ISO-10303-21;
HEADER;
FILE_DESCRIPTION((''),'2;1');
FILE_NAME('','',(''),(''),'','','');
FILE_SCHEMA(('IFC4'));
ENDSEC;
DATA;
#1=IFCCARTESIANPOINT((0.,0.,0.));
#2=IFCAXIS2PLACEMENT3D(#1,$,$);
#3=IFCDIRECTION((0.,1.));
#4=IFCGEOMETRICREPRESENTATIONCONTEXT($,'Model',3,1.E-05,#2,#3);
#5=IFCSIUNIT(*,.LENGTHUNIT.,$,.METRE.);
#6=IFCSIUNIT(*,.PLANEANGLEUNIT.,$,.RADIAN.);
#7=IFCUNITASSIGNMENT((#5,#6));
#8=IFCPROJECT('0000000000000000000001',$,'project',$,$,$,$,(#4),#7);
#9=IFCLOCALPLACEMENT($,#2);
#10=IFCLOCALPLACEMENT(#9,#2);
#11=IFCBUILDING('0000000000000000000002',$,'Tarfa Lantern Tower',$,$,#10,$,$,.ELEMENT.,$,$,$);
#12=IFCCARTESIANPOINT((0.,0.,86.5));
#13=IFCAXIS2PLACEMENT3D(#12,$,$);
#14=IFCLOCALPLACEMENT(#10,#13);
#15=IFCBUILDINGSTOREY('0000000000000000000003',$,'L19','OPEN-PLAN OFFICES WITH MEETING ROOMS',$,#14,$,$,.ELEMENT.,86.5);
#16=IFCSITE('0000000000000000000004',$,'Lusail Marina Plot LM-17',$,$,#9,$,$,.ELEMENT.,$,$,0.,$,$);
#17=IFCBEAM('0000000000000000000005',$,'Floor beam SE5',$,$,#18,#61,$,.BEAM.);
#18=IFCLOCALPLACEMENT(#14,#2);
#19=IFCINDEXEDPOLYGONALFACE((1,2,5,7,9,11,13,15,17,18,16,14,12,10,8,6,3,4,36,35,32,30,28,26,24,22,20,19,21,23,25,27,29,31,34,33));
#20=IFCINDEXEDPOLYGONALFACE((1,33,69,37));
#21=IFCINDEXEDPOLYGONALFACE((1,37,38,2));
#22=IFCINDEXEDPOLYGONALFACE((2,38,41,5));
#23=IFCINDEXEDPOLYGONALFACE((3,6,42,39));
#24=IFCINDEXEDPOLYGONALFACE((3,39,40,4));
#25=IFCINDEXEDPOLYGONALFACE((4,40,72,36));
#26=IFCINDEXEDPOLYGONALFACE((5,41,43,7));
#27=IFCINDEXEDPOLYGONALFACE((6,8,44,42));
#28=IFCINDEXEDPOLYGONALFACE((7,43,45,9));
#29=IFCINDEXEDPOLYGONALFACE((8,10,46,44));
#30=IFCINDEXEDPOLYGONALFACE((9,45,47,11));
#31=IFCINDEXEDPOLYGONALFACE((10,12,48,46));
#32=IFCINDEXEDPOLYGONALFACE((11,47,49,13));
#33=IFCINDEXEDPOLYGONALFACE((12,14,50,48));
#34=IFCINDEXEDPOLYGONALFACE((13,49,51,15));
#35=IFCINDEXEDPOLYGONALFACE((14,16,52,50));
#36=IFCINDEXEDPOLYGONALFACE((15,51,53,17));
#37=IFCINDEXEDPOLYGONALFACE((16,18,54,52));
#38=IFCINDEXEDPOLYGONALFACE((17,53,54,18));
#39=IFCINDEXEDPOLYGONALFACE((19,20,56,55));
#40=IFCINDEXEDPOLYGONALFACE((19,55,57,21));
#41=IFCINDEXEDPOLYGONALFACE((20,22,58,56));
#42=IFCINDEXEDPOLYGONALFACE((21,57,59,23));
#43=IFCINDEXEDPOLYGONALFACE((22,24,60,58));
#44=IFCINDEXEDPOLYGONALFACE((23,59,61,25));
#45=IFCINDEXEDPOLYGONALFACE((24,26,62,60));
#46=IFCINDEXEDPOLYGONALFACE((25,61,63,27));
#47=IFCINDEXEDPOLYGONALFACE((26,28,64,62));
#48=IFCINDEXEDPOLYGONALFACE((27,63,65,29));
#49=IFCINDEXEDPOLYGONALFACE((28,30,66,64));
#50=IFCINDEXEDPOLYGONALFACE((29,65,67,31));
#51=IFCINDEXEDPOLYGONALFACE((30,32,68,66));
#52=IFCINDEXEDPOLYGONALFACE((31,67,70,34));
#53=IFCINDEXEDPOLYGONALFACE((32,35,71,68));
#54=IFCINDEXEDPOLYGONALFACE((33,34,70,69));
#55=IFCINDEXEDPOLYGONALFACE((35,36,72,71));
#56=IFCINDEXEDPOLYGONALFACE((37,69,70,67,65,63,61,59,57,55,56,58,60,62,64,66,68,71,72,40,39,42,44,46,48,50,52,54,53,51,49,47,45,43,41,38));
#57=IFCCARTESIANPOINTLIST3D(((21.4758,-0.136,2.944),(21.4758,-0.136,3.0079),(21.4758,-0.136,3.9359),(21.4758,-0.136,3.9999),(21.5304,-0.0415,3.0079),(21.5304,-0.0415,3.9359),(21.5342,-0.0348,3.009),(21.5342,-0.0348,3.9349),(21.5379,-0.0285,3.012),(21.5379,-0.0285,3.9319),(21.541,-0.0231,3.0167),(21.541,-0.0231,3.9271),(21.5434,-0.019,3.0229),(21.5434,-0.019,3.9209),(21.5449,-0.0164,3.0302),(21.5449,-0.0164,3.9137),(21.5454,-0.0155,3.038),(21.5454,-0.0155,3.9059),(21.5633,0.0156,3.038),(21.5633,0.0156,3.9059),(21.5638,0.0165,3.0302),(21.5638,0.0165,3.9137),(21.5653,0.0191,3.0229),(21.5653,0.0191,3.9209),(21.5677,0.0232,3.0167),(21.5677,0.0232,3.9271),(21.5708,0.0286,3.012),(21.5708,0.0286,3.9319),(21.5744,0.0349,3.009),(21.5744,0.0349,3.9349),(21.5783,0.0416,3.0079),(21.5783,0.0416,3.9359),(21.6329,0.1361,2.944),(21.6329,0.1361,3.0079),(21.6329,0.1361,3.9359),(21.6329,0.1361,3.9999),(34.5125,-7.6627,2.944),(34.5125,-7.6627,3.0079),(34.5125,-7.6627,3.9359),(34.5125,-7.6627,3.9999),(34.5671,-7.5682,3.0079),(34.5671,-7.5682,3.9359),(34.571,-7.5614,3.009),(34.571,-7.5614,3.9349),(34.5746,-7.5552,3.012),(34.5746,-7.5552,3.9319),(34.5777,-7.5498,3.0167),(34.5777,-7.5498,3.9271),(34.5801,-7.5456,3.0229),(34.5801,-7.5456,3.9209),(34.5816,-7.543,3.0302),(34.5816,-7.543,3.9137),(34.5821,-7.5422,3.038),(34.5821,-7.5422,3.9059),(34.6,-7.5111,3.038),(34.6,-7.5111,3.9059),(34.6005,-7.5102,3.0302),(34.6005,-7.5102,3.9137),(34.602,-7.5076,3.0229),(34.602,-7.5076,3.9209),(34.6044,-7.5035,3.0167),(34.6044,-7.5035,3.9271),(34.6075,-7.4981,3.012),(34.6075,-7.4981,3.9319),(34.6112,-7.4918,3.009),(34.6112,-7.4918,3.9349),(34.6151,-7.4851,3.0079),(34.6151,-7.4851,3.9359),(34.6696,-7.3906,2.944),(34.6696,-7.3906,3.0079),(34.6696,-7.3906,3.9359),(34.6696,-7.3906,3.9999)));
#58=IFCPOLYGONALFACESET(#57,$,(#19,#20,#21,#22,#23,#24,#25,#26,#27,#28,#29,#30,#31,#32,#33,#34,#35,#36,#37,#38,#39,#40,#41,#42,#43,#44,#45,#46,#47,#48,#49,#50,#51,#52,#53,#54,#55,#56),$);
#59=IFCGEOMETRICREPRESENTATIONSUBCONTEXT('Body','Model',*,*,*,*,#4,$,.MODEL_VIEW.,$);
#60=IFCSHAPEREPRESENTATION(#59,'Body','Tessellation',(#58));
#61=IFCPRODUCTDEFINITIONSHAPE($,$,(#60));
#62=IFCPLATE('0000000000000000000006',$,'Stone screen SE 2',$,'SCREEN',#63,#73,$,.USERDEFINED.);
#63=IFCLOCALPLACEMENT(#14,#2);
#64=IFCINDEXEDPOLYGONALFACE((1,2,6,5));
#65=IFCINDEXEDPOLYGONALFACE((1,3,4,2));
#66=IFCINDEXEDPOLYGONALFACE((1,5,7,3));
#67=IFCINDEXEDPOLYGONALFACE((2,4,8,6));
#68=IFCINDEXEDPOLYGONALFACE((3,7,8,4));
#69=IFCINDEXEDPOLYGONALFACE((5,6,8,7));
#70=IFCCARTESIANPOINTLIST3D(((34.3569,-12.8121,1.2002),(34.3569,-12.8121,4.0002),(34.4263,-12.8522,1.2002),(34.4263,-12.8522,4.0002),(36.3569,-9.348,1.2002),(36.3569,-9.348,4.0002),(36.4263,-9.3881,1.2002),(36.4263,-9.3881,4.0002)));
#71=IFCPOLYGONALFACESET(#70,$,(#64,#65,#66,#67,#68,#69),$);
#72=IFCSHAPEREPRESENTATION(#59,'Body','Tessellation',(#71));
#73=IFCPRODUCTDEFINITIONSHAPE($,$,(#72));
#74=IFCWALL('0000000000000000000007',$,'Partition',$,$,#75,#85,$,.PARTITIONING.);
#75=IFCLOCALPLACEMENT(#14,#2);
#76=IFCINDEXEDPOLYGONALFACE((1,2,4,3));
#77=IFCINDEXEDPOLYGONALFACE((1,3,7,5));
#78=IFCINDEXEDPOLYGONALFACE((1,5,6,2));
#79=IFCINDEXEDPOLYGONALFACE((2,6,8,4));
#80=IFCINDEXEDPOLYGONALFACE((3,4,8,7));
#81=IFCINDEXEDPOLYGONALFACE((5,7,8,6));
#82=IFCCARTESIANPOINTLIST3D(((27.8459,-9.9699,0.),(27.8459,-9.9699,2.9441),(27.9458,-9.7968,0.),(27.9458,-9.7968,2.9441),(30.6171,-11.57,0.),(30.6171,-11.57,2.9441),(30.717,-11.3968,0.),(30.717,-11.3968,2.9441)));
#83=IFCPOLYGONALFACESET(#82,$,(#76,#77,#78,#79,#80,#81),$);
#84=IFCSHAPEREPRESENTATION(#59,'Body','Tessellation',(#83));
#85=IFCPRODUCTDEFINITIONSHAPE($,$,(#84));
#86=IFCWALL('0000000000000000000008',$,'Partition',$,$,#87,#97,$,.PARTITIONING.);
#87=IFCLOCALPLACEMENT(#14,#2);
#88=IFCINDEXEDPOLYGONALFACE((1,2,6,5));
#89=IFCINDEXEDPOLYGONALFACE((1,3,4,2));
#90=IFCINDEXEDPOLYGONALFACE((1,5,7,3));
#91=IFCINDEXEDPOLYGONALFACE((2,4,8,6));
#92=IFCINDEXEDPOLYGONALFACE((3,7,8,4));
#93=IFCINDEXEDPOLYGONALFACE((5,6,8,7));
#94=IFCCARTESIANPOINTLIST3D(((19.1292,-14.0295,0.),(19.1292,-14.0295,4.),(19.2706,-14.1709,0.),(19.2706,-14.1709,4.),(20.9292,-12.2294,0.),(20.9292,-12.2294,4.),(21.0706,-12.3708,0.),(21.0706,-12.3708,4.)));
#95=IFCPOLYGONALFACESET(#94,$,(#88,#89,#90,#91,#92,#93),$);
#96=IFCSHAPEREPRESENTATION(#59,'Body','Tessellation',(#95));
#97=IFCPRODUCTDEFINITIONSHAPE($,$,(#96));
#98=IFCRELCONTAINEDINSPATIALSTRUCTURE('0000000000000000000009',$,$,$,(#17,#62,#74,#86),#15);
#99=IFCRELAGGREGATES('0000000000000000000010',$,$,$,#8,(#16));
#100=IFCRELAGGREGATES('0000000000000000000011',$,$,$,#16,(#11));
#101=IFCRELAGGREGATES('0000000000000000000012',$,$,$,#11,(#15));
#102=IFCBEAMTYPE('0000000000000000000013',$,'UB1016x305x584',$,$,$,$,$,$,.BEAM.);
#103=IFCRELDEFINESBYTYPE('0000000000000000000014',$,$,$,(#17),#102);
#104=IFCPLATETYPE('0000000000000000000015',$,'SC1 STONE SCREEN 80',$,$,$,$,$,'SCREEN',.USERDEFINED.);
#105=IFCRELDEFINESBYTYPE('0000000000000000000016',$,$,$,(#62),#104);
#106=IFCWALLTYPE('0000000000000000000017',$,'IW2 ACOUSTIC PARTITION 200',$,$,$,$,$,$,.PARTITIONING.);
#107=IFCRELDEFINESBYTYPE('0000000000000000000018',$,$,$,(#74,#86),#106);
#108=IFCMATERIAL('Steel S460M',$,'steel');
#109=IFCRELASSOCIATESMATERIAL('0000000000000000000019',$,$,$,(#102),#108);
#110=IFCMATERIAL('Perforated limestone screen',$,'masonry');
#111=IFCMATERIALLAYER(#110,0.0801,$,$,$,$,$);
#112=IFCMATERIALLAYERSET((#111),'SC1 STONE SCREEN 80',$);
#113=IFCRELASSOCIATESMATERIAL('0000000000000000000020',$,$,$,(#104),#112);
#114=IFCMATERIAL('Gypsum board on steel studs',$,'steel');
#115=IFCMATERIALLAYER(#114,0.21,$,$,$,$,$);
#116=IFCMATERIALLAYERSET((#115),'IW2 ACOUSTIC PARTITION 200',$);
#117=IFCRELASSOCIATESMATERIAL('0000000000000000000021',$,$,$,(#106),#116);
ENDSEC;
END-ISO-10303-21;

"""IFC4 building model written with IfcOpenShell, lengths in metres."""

from ifc_helpers import new_model, si_unit, direction, frame, frame_2d, origin, origin_2d, place, context, subcontext, project, spatial, rectangle, i_section, extrude, material, layer, layer_set, material_profile, profile_set, type_object, element, save


model = new_model("IFC4")

# Units and contexts
model_context = context("Model", 3, precision=1e-05, world=origin(), true_north=direction((0.0, 1.0)))
body_context = subcontext(model_context, "Body", "Model", "MODEL_VIEW")
ifc_project = project(units=[si_unit("LENGTHUNIT", "METRE"), si_unit("PLANEANGLEUNIT", "RADIAN")], contexts=[model_context])

# Site, building, storey
site_placement = place(None, origin())
site = spatial("IfcSite", under=ifc_project, at=site_placement, Name="Lusail Marina Plot LM-17", CompositionType="ELEMENT", RefElevation=0.0)
building_placement = place(site_placement, origin())
building = spatial("IfcBuilding", under=site, at=building_placement, Name="Tarfa Lantern Tower", CompositionType="ELEMENT")
storey_placement = place(building_placement, frame((0.0, 0.0, 86.5)))
storey = spatial("IfcBuildingStorey", under=building, at=storey_placement, Name="L19", Description="OPEN-PLAN OFFICES WITH MEETING ROOMS", CompositionType="ELEMENT", Elevation=86.5)

# Beam
ifc_material_1 = material(Name="Steel S460M", Category="steel")
ifc_material_profile_1 = material_profile(ifc_material_1, i_section(OverallWidth=0.3142, OverallDepth=1.0559, WebThickness=0.0359, FlangeThickness=0.064, FilletRadius=0.03, at=origin_2d()), Name="UB1016x305x584")
ifc_profile_set_1 = profile_set([ifc_material_profile_1], Name="Steel S460M")
beam_type_1 = type_object("IfcBeamType", Name="UB1016x305x584", PredefinedType="BEAM", material=ifc_profile_set_1)
beam_1_placement = place(storey_placement, frame((34.5911, -7.5266, 3.4719), z_axis=(-0.866028, 0.499996, 0.0), x_axis=(-0.499996, -0.866028, 0.0)))
element("IfcBeam", 1, at=beam_1_placement, inside=storey, type_object=beam_type_1, Name="Floor beam SE5", PredefinedType="BEAM", context=body_context, shape_type="SweptSolid", body=[
    extrude(i_section(OverallWidth=0.3142, OverallDepth=1.0559, WebThickness=0.0359, FlangeThickness=0.064, FilletRadius=0.03, at=origin_2d()), origin(), (0.0, 0.0, 1.0), 15.0535),
])

# Plate
ifc_material_2 = material(Name="Perforated limestone screen", Category="masonry")
ifc_layer_1 = layer(ifc_material_2, 0.0801)
ifc_layer_set_1 = layer_set([ifc_layer_1], Name="SC1 STONE SCREEN 80")
plate_type = type_object("IfcPlateType", Name="SC1 STONE SCREEN 80", ElementType="SCREEN", PredefinedType="USERDEFINED", material=ifc_layer_set_1)
plate_placement = place(storey_placement, frame((35.3916, -11.1001, 1.2002), z_axis=(0.0, 0.0, 1.0), x_axis=(0.5, 0.866025, 0.0)))
element("IfcPlate", 2, at=plate_placement, inside=storey, type_object=plate_type, Name="Stone screen SE 2", ObjectType="SCREEN", PredefinedType="USERDEFINED", context=body_context, shape_type="SweptSolid", body=[
    extrude(rectangle(XDim=4.0, YDim=0.0801, at=origin_2d()), origin(), (0.0, 0.0, 1.0), 2.8),
])

# Walls
ifc_material_3 = material(Name="Gypsum board on steel studs", Category="steel")
ifc_layer_2 = layer(ifc_material_3, 0.21)
ifc_layer_set_2 = layer_set([ifc_layer_2], Name="IW2 ACOUSTIC PARTITION 200")
wall_type = type_object("IfcWallType", Name="IW2 ACOUSTIC PARTITION 200", PredefinedType="PARTITIONING", material=ifc_layer_set_2)
wall_1_placement = place(storey_placement, frame((27.8958, -9.8833, 0.0), z_axis=(0.0, 0.0, 1.0), x_axis=(0.866009, -0.500028, 0.0)))
element("IfcWall", 3, at=wall_1_placement, inside=storey, type_object=wall_type, Name="Partition", PredefinedType="PARTITIONING", context=body_context, shape_type="SweptSolid", body=[
    extrude(rectangle(XDim=3.2, YDim=0.2, at=frame_2d((1.6001, 0.0))), origin(), (0.0, 0.0, 1.0), 2.9441),
])
wall_2_placement = place(storey_placement, frame((21.0, -12.3, 0.0), z_axis=(0.0, 0.0, 1.0), x_axis=(-0.707107, -0.707107, 0.0)))
element("IfcWall", 4, at=wall_2_placement, inside=storey, type_object=wall_type, Name="Partition", PredefinedType="PARTITIONING", context=body_context, shape_type="SweptSolid", body=[
    extrude(rectangle(XDim=2.5457, YDim=0.2, at=frame_2d((1.2729, 0.0))), origin(), (0.0, 0.0, 1.0), 4.0),
])

save(model, "model.ifc")
